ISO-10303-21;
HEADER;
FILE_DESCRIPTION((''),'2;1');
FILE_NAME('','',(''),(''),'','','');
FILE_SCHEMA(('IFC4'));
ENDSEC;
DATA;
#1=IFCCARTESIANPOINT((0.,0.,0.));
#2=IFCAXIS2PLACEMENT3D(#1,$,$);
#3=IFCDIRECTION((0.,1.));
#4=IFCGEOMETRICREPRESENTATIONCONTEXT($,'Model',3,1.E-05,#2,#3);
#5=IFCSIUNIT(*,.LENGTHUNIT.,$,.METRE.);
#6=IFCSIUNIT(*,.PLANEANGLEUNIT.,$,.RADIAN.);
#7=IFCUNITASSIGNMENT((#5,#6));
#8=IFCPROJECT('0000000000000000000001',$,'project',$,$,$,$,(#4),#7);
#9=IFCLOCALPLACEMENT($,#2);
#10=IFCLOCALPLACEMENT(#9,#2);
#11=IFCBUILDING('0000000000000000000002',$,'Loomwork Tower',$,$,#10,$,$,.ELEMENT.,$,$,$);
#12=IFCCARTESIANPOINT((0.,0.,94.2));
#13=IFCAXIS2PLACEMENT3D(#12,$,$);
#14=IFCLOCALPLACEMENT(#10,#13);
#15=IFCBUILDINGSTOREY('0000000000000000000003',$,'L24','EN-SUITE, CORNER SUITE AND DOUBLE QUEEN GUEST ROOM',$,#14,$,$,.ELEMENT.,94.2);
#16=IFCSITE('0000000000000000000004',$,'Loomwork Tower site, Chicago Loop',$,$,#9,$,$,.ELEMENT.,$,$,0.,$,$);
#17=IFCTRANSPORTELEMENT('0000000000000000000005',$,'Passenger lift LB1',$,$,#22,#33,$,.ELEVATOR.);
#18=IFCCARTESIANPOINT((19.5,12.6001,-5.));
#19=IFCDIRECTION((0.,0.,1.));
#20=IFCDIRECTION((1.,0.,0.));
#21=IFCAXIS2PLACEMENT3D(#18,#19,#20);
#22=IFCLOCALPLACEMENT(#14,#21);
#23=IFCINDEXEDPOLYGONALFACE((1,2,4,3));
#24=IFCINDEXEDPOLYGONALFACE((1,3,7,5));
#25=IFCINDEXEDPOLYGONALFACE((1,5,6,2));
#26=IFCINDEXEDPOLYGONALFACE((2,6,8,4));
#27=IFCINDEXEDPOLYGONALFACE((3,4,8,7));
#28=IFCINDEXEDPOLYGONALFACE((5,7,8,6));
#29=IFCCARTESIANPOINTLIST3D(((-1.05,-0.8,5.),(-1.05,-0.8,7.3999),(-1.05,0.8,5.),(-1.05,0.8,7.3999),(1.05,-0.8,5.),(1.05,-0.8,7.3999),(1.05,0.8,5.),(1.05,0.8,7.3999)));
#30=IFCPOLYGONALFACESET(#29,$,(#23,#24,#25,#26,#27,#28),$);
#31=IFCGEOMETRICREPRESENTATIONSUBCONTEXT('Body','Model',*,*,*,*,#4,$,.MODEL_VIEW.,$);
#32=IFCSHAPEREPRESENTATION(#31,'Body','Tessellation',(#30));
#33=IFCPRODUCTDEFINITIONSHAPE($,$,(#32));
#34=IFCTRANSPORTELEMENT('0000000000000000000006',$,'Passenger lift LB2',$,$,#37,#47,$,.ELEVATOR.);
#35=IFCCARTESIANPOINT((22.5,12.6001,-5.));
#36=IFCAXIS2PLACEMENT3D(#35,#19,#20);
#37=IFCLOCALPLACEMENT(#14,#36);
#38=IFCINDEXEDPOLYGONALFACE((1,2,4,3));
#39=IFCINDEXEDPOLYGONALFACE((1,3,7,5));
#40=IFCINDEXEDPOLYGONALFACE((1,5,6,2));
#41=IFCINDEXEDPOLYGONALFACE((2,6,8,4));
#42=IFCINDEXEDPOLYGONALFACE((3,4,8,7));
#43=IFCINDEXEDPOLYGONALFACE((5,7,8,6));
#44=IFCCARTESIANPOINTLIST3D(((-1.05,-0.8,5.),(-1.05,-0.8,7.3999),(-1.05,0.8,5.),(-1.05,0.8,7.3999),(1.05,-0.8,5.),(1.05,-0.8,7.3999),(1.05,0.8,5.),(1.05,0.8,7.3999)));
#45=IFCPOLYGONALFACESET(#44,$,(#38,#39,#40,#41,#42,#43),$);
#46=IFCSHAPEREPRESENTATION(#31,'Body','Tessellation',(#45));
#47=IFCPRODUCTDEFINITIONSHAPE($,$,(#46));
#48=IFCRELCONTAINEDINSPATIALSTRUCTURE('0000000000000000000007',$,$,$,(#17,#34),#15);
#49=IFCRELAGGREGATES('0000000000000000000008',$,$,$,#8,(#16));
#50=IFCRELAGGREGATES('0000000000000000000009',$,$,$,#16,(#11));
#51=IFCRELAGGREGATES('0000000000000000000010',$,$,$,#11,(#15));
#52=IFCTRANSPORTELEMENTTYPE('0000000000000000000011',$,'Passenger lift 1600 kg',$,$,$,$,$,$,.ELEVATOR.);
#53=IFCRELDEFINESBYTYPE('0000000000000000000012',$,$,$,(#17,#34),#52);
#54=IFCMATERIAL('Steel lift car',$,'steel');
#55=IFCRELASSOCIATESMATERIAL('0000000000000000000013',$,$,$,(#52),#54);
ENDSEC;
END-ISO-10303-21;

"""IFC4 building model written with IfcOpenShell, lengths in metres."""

from ifc_helpers import new_model, si_unit, direction, frame, origin, origin_2d, place, context, subcontext, project, spatial, rectangle, extrude, material, type_object, element, save


model = new_model("IFC4")

# Units and contexts
model_context = context("Model", 3, precision=1e-05, world=origin(), true_north=direction((0.0, 1.0)))
body_context = subcontext(model_context, "Body", "Model", "MODEL_VIEW")
ifc_project = project(units=[si_unit("LENGTHUNIT", "METRE"), si_unit("PLANEANGLEUNIT", "RADIAN")], contexts=[model_context])

# Site, building, storey
site_placement = place(None, origin())
site = spatial("IfcSite", under=ifc_project, at=site_placement, Name="Loomwork Tower site, Chicago Loop", CompositionType="ELEMENT", RefElevation=0.0)
building_placement = place(site_placement, origin())
building = spatial("IfcBuilding", under=site, at=building_placement, Name="Loomwork Tower", CompositionType="ELEMENT")
storey_placement = place(building_placement, frame((0.0, 0.0, 94.2)))
storey = spatial("IfcBuildingStorey", under=building, at=storey_placement, Name="L24", Description="EN-SUITE, CORNER SUITE AND DOUBLE QUEEN GUEST ROOM", CompositionType="ELEMENT", Elevation=94.2)

# Transport elements
ifc_material_1 = material(Name="Steel lift car", Category="steel")
transport_element_type = type_object("IfcTransportElementType", Name="Passenger lift 1600 kg", PredefinedType="ELEVATOR", material=ifc_material_1)
for number, where, z_axis, x_axis, name in (
    (1, (19.5, 12.6001, -5.0), (0.0, 0.0, 1.0), (1.0, 0.0, 0.0), "Passenger lift LB1"),
    (2, (22.5, 12.6001, -5.0), (0.0, 0.0, 1.0), (1.0, 0.0, 0.0), "Passenger lift LB2"),
):
    element("IfcTransportElement", number, at=place(storey_placement, frame(where, z_axis=z_axis, x_axis=x_axis)), inside=storey, type_object=transport_element_type, Name=name, PredefinedType="ELEVATOR", context=body_context, shape_type="SweptSolid", body=[
        extrude(rectangle(XDim=2.1001, YDim=1.6001, at=origin_2d()), frame((0.0, 0.0, 5.0)), (0.0, 0.0, 1.0), 2.3999),
    ])

save(model, "model.ifc")
